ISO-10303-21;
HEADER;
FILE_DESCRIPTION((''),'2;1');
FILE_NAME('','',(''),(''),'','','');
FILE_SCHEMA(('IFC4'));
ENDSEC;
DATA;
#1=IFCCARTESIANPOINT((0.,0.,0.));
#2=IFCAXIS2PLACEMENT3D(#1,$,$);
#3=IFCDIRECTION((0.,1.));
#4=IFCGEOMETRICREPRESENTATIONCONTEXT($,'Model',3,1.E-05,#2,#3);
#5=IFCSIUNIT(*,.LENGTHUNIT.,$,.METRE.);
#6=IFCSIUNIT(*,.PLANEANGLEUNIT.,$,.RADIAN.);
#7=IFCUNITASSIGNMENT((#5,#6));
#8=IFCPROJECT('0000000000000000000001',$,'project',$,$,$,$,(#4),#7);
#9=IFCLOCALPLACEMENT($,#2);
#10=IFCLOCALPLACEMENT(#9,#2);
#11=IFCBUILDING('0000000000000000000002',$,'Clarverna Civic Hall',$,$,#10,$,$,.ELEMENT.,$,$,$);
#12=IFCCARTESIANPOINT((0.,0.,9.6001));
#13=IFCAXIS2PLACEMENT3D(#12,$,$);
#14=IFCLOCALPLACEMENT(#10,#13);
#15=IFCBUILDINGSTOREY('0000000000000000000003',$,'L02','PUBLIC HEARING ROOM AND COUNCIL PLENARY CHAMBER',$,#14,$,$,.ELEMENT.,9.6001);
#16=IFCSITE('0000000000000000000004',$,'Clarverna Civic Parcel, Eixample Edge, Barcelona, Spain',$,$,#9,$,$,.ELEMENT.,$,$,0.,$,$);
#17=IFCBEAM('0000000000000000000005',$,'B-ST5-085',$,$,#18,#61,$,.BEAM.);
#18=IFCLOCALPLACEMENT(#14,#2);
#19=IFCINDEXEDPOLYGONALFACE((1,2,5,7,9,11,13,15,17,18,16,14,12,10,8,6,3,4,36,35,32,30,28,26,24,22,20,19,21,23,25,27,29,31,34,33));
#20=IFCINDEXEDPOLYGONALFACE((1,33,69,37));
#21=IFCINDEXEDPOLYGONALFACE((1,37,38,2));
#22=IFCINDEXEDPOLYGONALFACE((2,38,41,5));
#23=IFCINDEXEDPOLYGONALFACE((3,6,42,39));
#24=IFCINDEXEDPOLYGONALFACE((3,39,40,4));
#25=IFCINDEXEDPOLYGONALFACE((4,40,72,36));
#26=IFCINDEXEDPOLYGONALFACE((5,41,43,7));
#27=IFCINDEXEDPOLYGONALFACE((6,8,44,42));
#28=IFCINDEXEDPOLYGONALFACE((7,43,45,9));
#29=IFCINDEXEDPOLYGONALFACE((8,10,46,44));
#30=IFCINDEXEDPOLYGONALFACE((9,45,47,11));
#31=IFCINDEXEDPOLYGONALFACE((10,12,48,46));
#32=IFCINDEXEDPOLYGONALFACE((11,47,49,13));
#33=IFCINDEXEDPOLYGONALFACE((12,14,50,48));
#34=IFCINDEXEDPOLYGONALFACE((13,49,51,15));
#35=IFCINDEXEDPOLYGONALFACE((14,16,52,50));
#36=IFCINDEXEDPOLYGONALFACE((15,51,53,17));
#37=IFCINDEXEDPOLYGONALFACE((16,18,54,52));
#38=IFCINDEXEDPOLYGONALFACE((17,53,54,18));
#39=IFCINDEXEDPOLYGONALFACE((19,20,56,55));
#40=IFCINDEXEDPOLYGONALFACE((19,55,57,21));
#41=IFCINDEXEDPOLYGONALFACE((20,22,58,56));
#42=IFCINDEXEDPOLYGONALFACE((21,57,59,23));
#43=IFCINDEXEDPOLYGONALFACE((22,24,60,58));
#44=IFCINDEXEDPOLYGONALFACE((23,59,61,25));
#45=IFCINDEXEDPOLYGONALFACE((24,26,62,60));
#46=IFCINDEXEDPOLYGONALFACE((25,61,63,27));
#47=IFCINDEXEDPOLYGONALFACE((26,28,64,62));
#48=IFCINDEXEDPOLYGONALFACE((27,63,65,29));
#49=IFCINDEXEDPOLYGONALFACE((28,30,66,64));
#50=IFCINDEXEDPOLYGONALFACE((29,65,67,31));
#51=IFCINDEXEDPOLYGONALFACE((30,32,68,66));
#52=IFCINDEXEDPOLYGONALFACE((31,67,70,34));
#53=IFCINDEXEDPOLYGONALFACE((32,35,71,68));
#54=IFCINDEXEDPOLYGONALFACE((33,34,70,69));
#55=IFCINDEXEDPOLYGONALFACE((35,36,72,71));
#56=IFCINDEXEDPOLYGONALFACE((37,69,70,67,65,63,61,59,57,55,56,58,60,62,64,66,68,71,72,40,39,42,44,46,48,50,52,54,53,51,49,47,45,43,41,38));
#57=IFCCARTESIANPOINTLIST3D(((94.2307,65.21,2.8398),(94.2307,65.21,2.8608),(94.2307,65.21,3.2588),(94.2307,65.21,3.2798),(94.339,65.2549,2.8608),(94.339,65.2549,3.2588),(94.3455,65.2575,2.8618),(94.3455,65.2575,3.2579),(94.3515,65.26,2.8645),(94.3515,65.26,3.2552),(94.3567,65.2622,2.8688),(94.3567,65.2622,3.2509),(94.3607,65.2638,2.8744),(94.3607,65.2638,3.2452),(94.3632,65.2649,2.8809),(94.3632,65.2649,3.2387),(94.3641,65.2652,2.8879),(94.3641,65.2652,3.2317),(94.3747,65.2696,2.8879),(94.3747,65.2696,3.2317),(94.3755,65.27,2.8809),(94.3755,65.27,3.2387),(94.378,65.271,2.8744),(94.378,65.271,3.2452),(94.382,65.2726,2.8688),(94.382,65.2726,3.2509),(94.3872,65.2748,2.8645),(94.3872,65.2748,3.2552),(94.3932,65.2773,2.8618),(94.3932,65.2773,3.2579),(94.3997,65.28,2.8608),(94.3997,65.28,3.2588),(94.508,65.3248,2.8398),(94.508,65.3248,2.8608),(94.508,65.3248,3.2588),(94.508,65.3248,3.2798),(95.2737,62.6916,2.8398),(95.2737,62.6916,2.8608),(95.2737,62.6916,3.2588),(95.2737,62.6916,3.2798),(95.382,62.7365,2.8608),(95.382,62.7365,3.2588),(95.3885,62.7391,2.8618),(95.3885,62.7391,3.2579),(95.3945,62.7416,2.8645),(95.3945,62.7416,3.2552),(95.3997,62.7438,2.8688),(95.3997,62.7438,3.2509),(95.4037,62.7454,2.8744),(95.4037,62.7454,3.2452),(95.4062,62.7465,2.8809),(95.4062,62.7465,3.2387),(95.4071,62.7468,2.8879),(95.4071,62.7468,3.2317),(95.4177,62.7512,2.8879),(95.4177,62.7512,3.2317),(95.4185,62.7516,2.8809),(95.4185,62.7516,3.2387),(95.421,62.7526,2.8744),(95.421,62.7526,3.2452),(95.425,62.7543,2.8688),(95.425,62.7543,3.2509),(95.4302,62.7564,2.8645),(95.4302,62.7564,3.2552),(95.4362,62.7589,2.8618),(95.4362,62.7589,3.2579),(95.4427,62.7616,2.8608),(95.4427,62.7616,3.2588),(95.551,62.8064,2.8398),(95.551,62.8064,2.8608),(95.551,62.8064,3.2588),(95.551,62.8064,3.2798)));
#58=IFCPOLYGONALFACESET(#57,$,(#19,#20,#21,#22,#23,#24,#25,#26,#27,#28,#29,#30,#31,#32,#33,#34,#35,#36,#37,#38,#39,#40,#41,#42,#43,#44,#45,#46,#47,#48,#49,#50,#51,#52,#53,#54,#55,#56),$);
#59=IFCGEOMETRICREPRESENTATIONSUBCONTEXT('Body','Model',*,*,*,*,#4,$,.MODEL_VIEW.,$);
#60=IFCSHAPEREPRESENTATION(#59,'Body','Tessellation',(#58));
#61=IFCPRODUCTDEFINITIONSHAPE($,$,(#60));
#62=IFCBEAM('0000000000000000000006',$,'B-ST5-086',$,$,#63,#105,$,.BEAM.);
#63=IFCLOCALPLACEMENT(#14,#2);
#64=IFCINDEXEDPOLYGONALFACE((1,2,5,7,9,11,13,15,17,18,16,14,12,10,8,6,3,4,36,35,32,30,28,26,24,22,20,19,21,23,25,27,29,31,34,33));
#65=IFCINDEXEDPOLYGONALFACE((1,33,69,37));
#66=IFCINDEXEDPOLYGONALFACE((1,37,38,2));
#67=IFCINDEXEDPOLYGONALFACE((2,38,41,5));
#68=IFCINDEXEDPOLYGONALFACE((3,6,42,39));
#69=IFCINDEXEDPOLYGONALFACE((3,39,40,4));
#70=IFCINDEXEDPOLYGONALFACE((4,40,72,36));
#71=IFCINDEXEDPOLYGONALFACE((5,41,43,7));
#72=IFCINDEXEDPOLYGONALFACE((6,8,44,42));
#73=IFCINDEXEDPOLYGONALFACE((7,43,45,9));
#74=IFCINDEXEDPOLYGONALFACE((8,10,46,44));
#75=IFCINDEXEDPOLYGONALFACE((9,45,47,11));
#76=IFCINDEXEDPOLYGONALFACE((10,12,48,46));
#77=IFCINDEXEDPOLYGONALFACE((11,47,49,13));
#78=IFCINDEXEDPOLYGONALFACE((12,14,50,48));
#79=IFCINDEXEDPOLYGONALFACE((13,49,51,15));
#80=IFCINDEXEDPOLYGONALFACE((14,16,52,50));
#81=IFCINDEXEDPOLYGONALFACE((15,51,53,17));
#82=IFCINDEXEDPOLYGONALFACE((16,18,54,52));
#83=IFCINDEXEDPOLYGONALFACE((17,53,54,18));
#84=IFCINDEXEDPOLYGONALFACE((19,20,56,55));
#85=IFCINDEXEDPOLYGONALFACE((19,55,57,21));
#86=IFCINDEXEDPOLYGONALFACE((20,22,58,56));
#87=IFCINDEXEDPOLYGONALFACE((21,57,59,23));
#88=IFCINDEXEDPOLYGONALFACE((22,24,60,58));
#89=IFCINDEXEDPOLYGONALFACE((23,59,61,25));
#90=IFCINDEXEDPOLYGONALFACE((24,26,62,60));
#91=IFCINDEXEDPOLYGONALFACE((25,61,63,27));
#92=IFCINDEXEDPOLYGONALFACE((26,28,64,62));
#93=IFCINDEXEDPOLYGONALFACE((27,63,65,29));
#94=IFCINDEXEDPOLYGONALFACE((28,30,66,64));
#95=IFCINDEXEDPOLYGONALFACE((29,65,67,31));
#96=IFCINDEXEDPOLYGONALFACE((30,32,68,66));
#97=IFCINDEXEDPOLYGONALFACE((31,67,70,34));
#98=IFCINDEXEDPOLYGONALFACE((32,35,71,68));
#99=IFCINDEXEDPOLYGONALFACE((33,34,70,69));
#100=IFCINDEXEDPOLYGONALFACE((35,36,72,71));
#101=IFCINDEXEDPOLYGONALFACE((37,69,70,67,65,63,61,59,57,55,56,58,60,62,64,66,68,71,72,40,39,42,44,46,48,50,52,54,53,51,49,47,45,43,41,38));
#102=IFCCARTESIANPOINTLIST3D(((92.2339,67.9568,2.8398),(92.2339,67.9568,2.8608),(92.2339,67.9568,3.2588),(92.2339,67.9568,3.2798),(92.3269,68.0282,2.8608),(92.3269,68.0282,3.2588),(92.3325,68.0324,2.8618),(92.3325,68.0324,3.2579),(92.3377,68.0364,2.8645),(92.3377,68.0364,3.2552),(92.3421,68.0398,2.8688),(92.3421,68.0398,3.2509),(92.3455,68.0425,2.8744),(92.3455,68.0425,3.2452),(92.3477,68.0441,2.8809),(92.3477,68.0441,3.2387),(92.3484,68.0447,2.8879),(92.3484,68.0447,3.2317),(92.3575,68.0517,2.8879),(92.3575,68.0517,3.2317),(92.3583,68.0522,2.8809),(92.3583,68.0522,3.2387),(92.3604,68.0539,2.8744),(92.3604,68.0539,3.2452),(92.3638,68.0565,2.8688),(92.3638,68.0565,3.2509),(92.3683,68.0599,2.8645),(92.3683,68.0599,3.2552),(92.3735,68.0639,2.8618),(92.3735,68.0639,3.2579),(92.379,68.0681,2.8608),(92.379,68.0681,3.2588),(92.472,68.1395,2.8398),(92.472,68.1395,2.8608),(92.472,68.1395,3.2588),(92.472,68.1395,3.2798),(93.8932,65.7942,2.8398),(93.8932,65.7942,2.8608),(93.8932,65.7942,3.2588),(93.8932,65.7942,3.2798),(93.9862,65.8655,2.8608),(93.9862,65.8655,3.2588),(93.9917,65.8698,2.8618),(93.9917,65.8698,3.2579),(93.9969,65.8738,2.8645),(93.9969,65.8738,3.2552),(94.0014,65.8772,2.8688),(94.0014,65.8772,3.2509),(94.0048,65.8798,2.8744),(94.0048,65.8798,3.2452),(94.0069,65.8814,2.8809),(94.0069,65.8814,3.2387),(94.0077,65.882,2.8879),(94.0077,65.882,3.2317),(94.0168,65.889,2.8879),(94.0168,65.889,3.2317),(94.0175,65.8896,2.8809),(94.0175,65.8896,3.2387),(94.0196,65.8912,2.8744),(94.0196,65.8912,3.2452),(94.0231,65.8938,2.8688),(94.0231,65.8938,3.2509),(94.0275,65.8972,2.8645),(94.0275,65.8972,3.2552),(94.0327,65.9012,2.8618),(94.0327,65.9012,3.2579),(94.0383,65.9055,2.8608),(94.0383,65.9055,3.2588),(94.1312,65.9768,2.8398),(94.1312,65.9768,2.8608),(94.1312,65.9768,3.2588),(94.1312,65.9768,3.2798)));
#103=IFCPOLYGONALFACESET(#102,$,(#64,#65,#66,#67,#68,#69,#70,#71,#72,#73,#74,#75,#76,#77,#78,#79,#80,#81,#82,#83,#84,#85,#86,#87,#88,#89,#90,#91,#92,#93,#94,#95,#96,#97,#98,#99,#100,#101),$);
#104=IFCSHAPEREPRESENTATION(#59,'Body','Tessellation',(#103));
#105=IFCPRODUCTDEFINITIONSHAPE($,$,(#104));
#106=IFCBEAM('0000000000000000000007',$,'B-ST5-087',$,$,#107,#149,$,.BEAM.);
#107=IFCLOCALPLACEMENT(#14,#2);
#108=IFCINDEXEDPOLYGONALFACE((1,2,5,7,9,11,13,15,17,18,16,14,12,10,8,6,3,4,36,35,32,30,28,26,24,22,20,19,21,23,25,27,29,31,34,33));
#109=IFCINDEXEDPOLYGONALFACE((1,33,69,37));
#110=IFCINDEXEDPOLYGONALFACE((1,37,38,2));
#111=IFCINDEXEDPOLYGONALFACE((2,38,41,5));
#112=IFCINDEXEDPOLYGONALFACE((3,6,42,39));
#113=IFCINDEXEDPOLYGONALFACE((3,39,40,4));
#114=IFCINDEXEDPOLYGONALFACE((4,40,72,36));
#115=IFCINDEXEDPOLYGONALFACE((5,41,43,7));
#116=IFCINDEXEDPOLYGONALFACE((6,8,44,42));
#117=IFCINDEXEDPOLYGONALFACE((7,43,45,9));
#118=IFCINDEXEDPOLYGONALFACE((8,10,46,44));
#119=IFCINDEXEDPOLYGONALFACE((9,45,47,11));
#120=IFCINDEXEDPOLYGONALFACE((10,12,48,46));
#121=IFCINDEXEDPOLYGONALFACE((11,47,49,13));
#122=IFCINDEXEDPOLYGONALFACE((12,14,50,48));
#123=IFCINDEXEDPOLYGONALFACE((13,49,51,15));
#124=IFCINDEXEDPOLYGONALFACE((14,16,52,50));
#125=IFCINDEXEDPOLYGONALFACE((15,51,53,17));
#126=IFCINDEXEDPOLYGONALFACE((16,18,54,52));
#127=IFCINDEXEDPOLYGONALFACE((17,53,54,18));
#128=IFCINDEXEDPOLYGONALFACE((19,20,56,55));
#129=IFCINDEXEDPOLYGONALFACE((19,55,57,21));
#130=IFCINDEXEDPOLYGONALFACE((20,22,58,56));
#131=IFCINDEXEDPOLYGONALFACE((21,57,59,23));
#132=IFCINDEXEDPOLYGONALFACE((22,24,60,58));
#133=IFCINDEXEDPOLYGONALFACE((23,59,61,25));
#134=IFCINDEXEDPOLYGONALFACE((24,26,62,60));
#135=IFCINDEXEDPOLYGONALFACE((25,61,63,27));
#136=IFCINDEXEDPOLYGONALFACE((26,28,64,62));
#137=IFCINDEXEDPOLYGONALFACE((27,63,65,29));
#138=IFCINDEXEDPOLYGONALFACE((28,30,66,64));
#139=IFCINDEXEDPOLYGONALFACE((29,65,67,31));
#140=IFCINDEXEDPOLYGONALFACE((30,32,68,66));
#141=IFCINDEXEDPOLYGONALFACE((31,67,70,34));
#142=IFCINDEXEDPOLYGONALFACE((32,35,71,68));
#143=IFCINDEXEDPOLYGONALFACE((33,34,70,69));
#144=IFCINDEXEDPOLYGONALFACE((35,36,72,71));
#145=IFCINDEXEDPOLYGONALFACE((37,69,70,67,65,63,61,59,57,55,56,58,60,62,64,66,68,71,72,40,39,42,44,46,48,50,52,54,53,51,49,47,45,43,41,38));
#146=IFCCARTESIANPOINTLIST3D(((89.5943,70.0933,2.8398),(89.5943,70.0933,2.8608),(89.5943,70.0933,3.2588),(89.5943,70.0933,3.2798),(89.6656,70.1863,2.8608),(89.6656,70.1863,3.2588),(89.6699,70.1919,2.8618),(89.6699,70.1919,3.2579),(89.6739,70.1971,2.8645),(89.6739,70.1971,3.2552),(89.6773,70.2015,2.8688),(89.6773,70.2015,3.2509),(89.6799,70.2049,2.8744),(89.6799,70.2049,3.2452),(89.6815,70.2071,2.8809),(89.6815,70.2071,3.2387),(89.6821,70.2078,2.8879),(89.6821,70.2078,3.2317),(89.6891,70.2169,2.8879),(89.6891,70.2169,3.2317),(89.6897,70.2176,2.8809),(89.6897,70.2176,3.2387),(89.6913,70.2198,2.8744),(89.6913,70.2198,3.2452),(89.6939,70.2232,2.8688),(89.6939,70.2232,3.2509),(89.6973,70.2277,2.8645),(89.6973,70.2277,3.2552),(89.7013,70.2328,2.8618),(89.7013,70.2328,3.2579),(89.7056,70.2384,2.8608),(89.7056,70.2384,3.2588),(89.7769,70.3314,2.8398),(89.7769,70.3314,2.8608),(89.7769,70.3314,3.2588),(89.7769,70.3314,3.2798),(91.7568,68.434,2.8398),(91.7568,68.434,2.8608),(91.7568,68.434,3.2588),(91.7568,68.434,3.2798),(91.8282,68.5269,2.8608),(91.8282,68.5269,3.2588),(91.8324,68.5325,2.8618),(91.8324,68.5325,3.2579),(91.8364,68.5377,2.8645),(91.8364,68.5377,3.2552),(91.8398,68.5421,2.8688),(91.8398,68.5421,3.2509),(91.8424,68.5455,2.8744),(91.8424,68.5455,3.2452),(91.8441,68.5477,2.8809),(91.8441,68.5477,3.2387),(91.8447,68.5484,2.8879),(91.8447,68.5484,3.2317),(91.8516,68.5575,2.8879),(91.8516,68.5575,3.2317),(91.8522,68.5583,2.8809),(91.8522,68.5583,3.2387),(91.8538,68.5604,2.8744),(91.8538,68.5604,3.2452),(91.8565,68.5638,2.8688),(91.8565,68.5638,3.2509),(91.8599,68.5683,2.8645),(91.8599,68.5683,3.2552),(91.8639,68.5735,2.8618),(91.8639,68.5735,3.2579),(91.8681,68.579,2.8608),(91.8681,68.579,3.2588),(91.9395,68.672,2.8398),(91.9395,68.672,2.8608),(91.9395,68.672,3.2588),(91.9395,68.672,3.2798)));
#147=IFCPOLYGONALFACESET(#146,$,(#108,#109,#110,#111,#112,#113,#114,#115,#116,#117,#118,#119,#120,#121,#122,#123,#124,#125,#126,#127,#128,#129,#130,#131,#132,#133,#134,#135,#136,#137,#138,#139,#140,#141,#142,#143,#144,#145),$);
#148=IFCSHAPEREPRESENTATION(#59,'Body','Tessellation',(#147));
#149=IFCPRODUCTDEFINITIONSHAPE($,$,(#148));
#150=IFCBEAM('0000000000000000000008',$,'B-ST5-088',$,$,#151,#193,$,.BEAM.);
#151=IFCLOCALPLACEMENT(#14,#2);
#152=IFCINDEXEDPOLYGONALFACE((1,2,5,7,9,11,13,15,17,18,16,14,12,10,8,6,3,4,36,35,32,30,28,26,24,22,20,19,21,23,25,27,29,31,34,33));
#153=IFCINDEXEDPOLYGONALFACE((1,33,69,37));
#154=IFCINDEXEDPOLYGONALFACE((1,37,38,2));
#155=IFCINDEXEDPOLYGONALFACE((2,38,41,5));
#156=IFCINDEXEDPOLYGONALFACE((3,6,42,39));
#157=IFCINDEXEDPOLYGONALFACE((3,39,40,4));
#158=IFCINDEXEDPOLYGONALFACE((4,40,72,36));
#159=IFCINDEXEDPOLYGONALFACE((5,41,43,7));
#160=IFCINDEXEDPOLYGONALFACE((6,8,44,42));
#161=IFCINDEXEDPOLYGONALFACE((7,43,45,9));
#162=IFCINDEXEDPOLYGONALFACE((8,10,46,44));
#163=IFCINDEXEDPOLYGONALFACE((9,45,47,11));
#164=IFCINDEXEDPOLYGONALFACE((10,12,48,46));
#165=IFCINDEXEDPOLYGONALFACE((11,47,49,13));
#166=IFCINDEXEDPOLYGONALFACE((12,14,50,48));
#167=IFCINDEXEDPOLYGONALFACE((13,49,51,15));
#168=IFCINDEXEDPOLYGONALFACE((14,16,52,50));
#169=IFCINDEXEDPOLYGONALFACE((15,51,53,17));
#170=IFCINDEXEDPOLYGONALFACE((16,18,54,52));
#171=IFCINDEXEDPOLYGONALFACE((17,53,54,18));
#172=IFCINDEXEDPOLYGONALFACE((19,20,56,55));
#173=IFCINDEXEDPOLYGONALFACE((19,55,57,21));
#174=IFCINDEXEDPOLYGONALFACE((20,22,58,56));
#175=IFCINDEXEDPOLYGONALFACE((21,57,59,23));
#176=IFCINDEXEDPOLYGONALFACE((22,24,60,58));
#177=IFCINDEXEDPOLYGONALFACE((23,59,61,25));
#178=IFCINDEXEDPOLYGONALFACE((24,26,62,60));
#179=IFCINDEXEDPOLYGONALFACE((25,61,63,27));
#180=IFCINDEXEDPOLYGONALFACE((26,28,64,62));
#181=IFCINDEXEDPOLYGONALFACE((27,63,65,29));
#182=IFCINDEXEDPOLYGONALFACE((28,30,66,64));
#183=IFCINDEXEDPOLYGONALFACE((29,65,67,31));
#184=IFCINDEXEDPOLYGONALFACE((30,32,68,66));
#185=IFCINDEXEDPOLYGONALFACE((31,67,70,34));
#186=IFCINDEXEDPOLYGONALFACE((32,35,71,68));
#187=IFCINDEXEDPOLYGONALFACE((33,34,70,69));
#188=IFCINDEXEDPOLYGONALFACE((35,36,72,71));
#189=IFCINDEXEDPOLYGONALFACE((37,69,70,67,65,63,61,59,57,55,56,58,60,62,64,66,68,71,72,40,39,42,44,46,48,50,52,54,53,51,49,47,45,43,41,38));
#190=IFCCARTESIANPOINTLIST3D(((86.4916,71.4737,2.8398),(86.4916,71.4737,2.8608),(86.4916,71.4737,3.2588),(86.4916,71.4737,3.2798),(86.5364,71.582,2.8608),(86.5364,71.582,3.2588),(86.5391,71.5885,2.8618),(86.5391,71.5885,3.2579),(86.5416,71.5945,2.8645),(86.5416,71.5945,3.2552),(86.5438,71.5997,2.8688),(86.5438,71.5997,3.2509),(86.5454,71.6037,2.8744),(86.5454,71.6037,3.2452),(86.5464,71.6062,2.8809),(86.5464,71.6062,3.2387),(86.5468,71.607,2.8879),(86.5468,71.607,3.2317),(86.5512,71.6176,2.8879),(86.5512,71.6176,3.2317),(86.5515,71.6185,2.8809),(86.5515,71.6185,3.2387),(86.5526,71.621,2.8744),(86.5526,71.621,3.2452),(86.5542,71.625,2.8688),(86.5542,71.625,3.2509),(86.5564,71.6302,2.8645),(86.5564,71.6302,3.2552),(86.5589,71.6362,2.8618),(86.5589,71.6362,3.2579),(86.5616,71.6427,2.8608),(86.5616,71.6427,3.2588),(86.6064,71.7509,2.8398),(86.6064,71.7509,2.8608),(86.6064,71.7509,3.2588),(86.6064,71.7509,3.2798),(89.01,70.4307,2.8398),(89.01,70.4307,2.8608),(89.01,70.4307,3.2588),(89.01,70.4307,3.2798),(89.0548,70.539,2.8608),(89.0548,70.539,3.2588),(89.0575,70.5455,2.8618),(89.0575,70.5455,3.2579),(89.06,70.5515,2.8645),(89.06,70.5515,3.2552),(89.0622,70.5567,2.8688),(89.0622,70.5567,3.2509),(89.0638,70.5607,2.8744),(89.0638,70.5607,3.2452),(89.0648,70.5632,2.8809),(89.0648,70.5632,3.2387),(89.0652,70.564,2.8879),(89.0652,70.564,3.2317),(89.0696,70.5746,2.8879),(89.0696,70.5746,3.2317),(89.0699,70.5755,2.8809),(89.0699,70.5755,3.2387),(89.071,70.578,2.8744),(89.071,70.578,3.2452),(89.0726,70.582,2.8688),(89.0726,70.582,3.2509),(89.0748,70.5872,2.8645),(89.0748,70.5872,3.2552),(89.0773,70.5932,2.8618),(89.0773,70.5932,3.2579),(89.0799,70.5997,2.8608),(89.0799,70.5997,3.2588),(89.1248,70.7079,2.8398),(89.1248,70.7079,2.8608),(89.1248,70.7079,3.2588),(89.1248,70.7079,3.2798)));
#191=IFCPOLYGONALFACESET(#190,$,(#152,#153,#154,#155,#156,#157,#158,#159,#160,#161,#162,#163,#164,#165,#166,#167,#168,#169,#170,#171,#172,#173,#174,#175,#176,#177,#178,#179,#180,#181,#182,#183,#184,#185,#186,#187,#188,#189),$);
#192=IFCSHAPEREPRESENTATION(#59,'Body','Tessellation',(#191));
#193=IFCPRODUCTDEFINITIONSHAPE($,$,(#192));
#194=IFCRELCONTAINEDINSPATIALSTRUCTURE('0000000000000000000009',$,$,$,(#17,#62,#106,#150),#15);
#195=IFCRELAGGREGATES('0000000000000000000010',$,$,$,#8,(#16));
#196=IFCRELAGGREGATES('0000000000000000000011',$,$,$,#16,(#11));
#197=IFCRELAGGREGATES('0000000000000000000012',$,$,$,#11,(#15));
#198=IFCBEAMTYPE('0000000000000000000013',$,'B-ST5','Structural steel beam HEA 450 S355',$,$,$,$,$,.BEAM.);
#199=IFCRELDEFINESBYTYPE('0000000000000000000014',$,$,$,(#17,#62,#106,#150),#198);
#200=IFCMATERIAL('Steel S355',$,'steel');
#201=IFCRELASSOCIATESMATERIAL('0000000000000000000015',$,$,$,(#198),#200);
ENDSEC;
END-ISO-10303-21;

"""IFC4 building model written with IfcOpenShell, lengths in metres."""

from ifc_helpers import new_model, si_unit, direction, frame, origin, origin_2d, place, context, subcontext, project, spatial, i_section, extrude, material, material_profile, profile_set, type_object, element, save


model = new_model("IFC4")

# Units and contexts
model_context = context("Model", 3, precision=1e-05, world=origin(), true_north=direction((0.0, 1.0)))
body_context = subcontext(model_context, "Body", "Model", "MODEL_VIEW")
ifc_project = project(units=[si_unit("LENGTHUNIT", "METRE"), si_unit("PLANEANGLEUNIT", "RADIAN")], contexts=[model_context])

# Site, building, storey
site_placement = place(None, origin())
site = spatial("IfcSite", under=ifc_project, at=site_placement, Name="Clarverna Civic Parcel, Eixample Edge, Barcelona, Spain", CompositionType="ELEMENT", RefElevation=0.0)
building_placement = place(site_placement, origin())
building = spatial("IfcBuilding", under=site, at=building_placement, Name="Clarverna Civic Hall", CompositionType="ELEMENT")
storey_placement = place(building_placement, frame((0.0, 0.0, 9.6001)))
storey = spatial("IfcBuildingStorey", under=building, at=storey_placement, Name="L02", Description="PUBLIC HEARING ROOM AND COUNCIL PLENARY CHAMBER", CompositionType="ELEMENT", Elevation=9.6001)

# Beams
ifc_material_1 = material(Name="Steel S355", Category="steel")
ifc_material_profile_1 = material_profile(ifc_material_1, i_section(OverallWidth=0.3, OverallDepth=0.4399, WebThickness=0.0115, FlangeThickness=0.021, FilletRadius=0.0271, at=origin_2d()), Name="HEA 450")
ifc_profile_set_1 = profile_set([ifc_material_profile_1], Name="Steel S355")
beam_type_1 = type_object("IfcBeamType", Name="B-ST5", Description="Structural steel beam HEA 450 S355", PredefinedType="BEAM", material=ifc_profile_set_1)
for number, where, z_axis, x_axis, name in (
    (1, (95.4124, 62.749, 3.0598), (-0.382637, 0.923899, 0.0), (-0.923899, -0.382637, 0.0), "B-ST5-085"),
    (2, (94.0122, 65.8855, 3.0598), (-0.608706, 0.793396, 0.0), (-0.793396, -0.608706, 0.0), "B-ST5-086"),
    (3, (91.8481, 68.553, 3.0598), (-0.793353, 0.608762, 0.0), (-0.608762, -0.793353, 0.0), "B-ST5-087"),
    (4, (89.0674, 70.5693, 3.0598), (-0.923899, 0.382637, 0.0), (-0.382637, -0.923899, 0.0), "B-ST5-088"),
):
    element("IfcBeam", number, at=place(storey_placement, frame(where, z_axis=z_axis, x_axis=x_axis)), inside=storey, type_object=beam_type_1, Name=name, PredefinedType="BEAM", context=body_context, shape_type="SweptSolid", body=[
        extrude(i_section(OverallWidth=0.3, OverallDepth=0.4399, WebThickness=0.0115, FlangeThickness=0.021, FilletRadius=0.0271, at=origin_2d()), origin(), (0.0, 0.0, 1.0), 2.7258),
    ])

save(model, "model.ifc")
